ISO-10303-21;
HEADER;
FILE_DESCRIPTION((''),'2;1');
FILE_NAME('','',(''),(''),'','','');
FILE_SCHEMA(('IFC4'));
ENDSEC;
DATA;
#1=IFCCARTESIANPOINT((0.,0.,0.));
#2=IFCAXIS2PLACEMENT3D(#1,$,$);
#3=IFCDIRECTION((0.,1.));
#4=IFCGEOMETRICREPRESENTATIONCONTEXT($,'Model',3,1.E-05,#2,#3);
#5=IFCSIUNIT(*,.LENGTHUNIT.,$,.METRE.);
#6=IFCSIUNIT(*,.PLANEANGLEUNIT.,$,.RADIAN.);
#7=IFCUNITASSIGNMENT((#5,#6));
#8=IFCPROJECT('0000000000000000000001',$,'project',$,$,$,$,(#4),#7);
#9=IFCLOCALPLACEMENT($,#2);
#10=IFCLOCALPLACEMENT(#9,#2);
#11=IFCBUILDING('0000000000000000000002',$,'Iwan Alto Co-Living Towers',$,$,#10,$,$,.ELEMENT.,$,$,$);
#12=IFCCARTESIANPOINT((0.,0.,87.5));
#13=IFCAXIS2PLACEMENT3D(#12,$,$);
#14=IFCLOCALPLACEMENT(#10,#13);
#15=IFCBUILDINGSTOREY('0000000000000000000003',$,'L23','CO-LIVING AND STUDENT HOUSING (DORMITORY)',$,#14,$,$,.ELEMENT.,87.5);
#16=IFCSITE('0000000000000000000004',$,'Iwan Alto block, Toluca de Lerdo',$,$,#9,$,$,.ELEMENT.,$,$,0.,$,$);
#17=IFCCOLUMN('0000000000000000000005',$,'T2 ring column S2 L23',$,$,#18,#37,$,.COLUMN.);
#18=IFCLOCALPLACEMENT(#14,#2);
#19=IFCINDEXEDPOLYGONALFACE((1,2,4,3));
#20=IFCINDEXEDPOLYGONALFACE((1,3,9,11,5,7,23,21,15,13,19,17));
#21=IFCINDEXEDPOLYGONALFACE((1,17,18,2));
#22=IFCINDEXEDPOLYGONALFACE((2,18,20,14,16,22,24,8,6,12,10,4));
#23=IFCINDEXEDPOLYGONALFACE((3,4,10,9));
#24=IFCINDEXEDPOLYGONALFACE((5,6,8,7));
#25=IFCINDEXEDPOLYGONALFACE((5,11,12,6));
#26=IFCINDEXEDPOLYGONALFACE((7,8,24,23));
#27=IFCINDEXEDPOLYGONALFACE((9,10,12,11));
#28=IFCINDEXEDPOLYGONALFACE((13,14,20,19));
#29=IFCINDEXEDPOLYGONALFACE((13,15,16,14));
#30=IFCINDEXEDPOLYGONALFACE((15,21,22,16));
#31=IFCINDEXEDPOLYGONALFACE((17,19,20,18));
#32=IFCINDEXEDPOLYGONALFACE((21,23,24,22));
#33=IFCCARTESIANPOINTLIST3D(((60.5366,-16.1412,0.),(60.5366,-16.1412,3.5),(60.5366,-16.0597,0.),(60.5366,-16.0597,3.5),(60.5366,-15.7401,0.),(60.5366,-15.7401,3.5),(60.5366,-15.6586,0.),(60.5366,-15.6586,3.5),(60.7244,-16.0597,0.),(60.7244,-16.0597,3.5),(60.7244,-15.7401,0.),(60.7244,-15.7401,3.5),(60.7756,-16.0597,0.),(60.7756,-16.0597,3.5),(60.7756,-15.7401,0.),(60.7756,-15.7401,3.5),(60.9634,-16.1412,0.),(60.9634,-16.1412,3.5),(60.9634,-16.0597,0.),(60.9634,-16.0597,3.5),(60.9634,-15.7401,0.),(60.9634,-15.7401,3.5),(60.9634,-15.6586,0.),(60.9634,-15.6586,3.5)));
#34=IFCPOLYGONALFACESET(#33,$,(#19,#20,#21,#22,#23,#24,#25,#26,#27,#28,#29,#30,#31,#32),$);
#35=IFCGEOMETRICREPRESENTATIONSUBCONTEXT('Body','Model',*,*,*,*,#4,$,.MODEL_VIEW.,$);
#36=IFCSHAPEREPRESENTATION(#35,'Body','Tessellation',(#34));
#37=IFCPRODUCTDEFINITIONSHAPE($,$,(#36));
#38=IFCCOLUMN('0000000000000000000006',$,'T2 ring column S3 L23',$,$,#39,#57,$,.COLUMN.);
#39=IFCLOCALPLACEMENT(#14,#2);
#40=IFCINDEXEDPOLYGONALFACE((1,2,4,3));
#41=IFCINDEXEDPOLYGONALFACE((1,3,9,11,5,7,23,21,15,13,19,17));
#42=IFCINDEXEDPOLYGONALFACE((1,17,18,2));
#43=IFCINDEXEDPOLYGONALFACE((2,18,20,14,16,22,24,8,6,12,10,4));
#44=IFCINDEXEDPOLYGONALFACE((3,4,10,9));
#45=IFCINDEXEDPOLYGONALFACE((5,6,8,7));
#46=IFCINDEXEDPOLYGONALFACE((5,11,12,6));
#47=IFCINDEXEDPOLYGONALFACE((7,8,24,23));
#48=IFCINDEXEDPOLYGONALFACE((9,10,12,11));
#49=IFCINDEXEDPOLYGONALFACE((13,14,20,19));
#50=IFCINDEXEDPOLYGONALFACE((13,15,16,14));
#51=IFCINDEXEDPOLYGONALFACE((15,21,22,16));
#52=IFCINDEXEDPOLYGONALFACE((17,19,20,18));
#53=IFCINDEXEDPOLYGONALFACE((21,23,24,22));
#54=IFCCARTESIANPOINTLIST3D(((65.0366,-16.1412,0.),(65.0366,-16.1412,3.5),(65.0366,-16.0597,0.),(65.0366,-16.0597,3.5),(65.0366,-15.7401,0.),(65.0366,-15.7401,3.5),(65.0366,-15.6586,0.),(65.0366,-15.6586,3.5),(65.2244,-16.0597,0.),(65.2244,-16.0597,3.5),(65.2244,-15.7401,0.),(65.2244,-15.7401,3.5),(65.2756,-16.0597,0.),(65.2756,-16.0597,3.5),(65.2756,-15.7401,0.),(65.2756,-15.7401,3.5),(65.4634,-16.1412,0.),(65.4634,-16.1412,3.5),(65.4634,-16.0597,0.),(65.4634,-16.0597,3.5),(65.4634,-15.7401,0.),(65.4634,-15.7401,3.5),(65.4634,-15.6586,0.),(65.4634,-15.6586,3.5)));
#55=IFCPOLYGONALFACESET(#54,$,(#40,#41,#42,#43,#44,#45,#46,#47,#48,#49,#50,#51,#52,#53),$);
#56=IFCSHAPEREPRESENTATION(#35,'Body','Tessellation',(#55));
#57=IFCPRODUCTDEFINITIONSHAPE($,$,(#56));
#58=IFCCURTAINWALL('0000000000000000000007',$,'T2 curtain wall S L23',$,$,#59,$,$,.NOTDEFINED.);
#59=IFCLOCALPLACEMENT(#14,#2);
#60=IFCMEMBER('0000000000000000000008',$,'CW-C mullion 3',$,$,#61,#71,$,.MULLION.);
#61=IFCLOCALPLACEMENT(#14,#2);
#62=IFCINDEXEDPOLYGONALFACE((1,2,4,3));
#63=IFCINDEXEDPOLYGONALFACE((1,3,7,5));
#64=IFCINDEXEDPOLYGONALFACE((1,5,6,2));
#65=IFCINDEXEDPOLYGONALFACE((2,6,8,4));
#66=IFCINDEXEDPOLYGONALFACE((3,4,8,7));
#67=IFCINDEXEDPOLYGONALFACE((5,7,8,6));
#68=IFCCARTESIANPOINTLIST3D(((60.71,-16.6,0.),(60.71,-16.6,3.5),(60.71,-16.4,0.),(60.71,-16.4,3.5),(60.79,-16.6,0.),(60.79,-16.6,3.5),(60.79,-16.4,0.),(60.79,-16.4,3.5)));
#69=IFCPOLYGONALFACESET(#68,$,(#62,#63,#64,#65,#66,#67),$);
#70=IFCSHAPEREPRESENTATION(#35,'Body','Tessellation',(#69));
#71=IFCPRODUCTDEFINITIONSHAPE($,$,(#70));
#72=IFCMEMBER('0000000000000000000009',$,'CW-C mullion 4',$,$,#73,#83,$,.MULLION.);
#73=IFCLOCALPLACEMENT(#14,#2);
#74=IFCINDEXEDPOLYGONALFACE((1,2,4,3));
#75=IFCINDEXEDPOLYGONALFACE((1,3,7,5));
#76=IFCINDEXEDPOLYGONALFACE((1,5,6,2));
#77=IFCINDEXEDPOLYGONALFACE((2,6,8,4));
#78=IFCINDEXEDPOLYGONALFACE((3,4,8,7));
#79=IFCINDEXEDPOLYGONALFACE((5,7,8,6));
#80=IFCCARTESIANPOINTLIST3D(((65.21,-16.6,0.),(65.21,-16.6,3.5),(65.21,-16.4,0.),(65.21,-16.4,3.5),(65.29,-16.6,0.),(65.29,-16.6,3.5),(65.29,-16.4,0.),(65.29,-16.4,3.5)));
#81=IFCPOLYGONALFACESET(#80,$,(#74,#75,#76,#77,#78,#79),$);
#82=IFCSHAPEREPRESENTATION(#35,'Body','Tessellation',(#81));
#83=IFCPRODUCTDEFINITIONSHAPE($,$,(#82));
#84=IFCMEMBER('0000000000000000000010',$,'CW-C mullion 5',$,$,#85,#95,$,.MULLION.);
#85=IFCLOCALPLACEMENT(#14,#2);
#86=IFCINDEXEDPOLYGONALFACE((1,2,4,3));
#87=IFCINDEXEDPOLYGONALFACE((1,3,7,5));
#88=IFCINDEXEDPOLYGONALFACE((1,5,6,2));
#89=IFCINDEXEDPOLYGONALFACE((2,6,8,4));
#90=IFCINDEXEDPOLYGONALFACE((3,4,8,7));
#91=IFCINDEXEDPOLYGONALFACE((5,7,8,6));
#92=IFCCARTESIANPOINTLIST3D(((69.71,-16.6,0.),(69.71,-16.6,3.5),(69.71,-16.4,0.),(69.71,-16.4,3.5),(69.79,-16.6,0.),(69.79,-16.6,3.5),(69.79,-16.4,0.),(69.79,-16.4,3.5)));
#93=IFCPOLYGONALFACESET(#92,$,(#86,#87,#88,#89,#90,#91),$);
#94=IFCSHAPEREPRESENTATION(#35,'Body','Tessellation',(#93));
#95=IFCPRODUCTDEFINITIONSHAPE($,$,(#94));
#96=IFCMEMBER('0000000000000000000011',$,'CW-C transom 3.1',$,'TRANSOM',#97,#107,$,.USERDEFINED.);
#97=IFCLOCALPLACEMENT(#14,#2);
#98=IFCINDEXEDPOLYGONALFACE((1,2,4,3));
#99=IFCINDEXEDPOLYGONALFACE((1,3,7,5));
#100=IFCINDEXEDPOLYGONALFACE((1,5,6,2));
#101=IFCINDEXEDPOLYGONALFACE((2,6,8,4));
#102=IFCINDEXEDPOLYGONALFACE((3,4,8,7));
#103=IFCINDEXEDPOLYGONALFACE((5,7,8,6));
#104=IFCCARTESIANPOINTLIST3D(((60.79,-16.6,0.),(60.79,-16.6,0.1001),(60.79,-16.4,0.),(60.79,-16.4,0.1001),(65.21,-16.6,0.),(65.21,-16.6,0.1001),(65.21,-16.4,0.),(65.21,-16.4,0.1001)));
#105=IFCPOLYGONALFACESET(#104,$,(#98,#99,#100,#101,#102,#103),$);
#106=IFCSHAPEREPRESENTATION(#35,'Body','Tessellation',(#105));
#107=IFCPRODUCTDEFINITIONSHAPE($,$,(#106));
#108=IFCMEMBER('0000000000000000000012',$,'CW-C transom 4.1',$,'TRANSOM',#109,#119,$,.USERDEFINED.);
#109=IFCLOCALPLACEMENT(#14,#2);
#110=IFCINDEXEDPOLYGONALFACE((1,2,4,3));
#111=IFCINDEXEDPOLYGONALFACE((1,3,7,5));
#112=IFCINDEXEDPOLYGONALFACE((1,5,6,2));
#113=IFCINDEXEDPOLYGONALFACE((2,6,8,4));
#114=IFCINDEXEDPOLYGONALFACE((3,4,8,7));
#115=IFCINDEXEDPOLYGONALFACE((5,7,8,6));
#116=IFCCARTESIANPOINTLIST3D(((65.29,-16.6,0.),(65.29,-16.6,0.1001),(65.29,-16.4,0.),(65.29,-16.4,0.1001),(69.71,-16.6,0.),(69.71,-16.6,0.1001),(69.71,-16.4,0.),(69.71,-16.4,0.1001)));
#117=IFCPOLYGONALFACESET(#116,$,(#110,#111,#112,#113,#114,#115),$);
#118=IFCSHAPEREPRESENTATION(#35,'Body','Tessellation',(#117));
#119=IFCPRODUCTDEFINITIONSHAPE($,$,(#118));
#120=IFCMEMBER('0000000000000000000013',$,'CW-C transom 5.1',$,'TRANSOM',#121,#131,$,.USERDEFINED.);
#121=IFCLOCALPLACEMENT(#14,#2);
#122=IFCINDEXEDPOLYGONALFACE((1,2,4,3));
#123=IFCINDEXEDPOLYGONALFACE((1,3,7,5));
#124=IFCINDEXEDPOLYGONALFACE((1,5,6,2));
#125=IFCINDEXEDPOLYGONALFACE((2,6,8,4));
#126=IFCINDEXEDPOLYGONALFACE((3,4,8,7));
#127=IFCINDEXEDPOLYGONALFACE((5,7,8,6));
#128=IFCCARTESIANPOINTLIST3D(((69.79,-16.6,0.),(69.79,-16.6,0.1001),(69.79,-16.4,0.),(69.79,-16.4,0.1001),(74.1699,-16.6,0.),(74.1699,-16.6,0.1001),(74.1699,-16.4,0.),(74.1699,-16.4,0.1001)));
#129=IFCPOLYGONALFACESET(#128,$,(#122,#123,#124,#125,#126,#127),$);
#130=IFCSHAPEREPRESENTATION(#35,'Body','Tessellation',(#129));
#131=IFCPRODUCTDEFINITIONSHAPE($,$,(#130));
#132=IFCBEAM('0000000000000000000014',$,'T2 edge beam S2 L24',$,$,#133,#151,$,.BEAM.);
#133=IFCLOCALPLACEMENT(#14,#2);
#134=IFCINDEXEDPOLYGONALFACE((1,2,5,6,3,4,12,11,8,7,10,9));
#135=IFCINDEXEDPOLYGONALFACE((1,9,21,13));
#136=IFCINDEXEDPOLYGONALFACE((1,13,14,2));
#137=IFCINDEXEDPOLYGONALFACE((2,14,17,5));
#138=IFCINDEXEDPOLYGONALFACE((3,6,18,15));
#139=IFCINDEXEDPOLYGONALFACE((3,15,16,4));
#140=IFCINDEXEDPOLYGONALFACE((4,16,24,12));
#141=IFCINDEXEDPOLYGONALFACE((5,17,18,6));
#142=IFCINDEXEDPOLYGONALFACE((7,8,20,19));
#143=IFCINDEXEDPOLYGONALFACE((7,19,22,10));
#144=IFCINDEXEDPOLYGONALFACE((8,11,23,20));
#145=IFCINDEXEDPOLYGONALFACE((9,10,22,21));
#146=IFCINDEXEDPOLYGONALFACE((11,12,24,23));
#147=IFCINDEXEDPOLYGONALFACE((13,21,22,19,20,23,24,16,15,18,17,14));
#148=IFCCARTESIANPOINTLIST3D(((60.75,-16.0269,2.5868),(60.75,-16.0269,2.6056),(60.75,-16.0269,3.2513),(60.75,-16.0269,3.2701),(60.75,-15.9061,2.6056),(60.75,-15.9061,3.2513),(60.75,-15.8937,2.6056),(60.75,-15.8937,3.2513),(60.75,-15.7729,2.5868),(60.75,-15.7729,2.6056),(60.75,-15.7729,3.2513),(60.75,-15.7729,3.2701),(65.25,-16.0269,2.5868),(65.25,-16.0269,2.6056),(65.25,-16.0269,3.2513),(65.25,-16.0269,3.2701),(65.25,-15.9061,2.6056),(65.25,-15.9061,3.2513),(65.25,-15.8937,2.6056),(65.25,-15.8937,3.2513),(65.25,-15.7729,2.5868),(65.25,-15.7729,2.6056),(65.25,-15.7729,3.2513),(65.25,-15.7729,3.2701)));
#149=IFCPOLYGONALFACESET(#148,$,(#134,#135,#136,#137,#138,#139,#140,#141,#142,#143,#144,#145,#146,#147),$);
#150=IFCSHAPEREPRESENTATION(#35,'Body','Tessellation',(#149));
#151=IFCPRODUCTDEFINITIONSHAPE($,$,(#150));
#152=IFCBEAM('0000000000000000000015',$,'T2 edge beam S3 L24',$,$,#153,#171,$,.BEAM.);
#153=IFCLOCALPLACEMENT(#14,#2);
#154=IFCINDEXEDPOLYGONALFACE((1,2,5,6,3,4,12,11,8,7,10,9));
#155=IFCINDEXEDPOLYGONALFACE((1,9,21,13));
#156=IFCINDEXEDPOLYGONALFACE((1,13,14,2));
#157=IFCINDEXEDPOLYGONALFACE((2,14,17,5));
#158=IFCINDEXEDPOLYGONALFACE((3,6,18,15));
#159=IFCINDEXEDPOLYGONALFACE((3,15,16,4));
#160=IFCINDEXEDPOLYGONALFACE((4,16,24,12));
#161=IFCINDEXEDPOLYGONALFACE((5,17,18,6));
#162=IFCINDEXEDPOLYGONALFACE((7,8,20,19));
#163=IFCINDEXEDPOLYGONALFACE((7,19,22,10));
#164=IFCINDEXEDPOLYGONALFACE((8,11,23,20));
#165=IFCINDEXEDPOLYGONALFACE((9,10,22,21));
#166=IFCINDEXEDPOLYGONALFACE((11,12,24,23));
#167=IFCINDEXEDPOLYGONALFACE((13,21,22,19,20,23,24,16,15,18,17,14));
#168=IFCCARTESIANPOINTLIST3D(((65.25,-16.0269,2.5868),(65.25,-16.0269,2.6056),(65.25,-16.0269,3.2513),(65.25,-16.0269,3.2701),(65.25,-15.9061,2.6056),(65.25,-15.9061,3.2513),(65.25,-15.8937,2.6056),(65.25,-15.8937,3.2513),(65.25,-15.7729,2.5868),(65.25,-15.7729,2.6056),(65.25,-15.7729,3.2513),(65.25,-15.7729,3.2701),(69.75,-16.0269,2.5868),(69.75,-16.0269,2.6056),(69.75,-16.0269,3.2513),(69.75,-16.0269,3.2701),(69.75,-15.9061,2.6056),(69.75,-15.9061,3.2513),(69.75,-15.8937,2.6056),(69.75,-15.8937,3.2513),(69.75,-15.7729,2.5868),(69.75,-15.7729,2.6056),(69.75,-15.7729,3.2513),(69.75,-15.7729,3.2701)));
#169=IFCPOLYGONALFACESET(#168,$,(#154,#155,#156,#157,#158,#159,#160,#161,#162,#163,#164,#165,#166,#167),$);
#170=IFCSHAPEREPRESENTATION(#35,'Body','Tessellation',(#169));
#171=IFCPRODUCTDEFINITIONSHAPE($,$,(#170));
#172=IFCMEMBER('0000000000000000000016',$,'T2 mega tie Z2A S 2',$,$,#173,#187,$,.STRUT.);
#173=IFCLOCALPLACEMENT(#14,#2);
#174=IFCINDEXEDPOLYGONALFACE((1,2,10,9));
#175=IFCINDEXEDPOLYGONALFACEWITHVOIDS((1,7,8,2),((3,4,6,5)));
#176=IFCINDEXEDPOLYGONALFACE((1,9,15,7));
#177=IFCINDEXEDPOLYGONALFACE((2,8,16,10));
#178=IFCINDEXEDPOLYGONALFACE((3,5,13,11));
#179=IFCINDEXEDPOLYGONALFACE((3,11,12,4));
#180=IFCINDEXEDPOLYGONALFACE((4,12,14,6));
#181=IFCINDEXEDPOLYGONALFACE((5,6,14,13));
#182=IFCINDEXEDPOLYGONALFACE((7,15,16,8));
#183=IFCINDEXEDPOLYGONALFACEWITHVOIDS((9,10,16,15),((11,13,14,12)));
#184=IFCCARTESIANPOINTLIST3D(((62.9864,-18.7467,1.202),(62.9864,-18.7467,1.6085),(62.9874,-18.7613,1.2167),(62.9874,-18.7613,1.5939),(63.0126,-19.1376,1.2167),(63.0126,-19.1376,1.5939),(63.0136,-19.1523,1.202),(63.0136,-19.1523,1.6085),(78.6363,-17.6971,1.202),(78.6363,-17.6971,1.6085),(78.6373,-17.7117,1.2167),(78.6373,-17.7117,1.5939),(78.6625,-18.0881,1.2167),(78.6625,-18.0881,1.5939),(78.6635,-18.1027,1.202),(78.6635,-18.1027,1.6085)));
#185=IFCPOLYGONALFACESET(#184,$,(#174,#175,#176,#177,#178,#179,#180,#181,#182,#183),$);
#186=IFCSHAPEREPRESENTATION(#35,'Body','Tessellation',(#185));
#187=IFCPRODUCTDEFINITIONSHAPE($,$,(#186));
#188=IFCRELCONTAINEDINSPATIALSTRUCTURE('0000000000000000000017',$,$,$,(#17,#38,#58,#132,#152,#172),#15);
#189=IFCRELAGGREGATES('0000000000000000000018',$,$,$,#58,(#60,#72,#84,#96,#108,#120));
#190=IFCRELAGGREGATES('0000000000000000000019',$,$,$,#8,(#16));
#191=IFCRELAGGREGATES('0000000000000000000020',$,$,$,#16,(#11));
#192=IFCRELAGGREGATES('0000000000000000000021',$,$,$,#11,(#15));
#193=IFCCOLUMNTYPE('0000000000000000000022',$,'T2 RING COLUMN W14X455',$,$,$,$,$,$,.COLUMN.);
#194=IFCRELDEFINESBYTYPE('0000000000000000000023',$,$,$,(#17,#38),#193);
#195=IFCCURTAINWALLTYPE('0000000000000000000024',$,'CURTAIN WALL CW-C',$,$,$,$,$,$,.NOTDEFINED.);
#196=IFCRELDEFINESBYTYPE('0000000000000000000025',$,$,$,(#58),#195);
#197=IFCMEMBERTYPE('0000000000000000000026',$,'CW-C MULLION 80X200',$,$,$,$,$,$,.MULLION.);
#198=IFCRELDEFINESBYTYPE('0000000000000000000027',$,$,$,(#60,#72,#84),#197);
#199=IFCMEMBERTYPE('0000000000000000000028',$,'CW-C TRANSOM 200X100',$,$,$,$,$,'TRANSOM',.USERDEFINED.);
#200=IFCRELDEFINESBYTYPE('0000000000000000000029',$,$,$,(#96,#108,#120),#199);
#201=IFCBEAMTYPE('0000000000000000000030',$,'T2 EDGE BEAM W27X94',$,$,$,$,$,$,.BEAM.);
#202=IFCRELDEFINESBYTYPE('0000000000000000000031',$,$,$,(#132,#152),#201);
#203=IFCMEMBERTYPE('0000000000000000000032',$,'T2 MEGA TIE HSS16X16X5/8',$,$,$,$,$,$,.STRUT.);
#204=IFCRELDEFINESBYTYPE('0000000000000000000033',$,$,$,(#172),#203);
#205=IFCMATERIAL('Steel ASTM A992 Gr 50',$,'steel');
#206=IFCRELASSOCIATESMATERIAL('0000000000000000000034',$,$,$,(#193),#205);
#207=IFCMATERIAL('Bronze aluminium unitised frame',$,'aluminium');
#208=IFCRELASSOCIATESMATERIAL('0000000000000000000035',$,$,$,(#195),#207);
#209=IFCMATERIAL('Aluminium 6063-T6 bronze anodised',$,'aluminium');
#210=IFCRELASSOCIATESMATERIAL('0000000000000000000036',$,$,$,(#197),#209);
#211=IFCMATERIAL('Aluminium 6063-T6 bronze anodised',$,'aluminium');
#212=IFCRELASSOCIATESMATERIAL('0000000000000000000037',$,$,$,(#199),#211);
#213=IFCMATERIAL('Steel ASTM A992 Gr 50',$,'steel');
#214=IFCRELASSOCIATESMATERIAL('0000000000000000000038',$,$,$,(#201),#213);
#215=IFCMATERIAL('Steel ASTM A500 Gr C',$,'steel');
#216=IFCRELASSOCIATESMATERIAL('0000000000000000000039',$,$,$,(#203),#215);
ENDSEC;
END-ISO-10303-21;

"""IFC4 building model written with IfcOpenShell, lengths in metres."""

from ifc_helpers import new_model, si_unit, direction, frame, origin, origin_2d, place, context, subcontext, project, spatial, rectangle, hollow_rectangle, i_section, extrude, material, material_profile, profile_set, type_object, element, aggregate, save


model = new_model("IFC4")

# Units and contexts
model_context = context("Model", 3, precision=1e-05, world=origin(), true_north=direction((0.0, 1.0)))
body_context = subcontext(model_context, "Body", "Model", "MODEL_VIEW")
ifc_project = project(units=[si_unit("LENGTHUNIT", "METRE"), si_unit("PLANEANGLEUNIT", "RADIAN")], contexts=[model_context])

# Site, building, storey
site_placement = place(None, origin())
site = spatial("IfcSite", under=ifc_project, at=site_placement, Name="Iwan Alto block, Toluca de Lerdo", CompositionType="ELEMENT", RefElevation=0.0)
building_placement = place(site_placement, origin())
building = spatial("IfcBuilding", under=site, at=building_placement, Name="Iwan Alto Co-Living Towers", CompositionType="ELEMENT")
storey_placement = place(building_placement, frame((0.0, 0.0, 87.5)))
storey = spatial("IfcBuildingStorey", under=building, at=storey_placement, Name="L23", Description="CO-LIVING AND STUDENT HOUSING (DORMITORY)", CompositionType="ELEMENT", Elevation=87.5)

# Columns
ifc_material_1 = material(Name="Steel ASTM A992 Gr 50", Category="steel")
ifc_material_profile_1 = material_profile(ifc_material_1, i_section(OverallWidth=0.4268, OverallDepth=0.4827, WebThickness=0.0513, FlangeThickness=0.0815, at=origin_2d()), Name="W14X455")
ifc_profile_set_1 = profile_set([ifc_material_profile_1], Name="Steel ASTM A992 Gr 50")
column_type = type_object("IfcColumnType", Name="T2 RING COLUMN W14X455", PredefinedType="COLUMN", material=ifc_profile_set_1)
for number, where, z_axis, x_axis, name in (
    (1, (60.75, -15.8999, 0.0), (0.0, 0.0, 1.0), (1.0, 0.0, 0.0), "T2 ring column S2 L23"),
    (2, (65.25, -15.8999, 0.0), (0.0, 0.0, 1.0), (1.0, 0.0, 0.0), "T2 ring column S3 L23"),
):
    element("IfcColumn", number, at=place(storey_placement, frame(where, z_axis=z_axis, x_axis=x_axis)), inside=storey, type_object=column_type, Name=name, PredefinedType="COLUMN", context=body_context, shape_type="SweptSolid", body=[
        extrude(i_section(OverallWidth=0.4268, OverallDepth=0.4827, WebThickness=0.0513, FlangeThickness=0.0815, at=origin_2d()), origin(), (0.0, 0.0, 1.0), 3.5),
    ])

# Curtain wall, members
ifc_material_2 = material(Name="Bronze aluminium unitised frame", Category="aluminium")
curtain_wall_type = type_object("IfcCurtainWallType", Name="CURTAIN WALL CW-C", PredefinedType="NOTDEFINED", material=ifc_material_2)
curtain_wall_placement = place(storey_placement, origin())
curtain_wall = element("IfcCurtainWall", 3, at=curtain_wall_placement, inside=storey, type_object=curtain_wall_type, Name="T2 curtain wall S L23", PredefinedType="NOTDEFINED")
ifc_material_3 = material(Name="Aluminium 6063-T6 bronze anodised", Category="aluminium")
ifc_material_profile_2 = material_profile(ifc_material_3, rectangle(XDim=0.2, YDim=0.0801, at=origin_2d()), Name="AL 80X200")
ifc_profile_set_2 = profile_set([ifc_material_profile_2], Name="Aluminium 6063-T6 bronze anodised")
member_type_1 = type_object("IfcMemberType", Name="CW-C MULLION 80X200", PredefinedType="MULLION", material=ifc_profile_set_2)
member_1_placement = place(storey_placement, frame((60.75, -16.5, 0.0), z_axis=(0.0, 0.0, 1.0), x_axis=(0.0, 1.0, 0.0)))
member_1 = element("IfcMember", 4, at=member_1_placement, type_object=member_type_1, Name="CW-C mullion 3", PredefinedType="MULLION", context=body_context, shape_type="SweptSolid", body=[
    extrude(rectangle(XDim=0.2, YDim=0.0801, at=origin_2d()), origin(), (0.0, 0.0, 1.0), 3.5),
])
member_2_placement = place(storey_placement, frame((65.25, -16.5, 0.0), z_axis=(0.0, 0.0, 1.0), x_axis=(0.0, 1.0, 0.0)))
member_2 = element("IfcMember", 5, at=member_2_placement, type_object=member_type_1, Name="CW-C mullion 4", PredefinedType="MULLION", context=body_context, shape_type="SweptSolid", body=[
    extrude(rectangle(XDim=0.2, YDim=0.0801, at=origin_2d()), origin(), (0.0, 0.0, 1.0), 3.5),
])
member_3_placement = place(storey_placement, frame((69.75, -16.5, 0.0), z_axis=(0.0, 0.0, 1.0), x_axis=(0.0, 1.0, 0.0)))
member_3 = element("IfcMember", 6, at=member_3_placement, type_object=member_type_1, Name="CW-C mullion 5", PredefinedType="MULLION", context=body_context, shape_type="SweptSolid", body=[
    extrude(rectangle(XDim=0.2, YDim=0.0801, at=origin_2d()), origin(), (0.0, 0.0, 1.0), 3.5),
])
ifc_material_4 = material(Name="Aluminium 6063-T6 bronze anodised", Category="aluminium")
ifc_material_profile_3 = material_profile(ifc_material_4, rectangle(XDim=0.2, YDim=0.1001, at=origin_2d()), Name="AL 200X100")
ifc_profile_set_3 = profile_set([ifc_material_profile_3], Name="Aluminium 6063-T6 bronze anodised")
member_type_2 = type_object("IfcMemberType", Name="CW-C TRANSOM 200X100", ElementType="TRANSOM", PredefinedType="USERDEFINED", material=ifc_profile_set_3)
member_4_placement = place(storey_placement, frame((60.79, -16.5, 0.05), z_axis=(1.0, 0.0, 0.0), x_axis=(0.0, 1.0, 0.0)))
member_4 = element("IfcMember", 7, at=member_4_placement, type_object=member_type_2, Name="CW-C transom 3.1", ObjectType="TRANSOM", PredefinedType="USERDEFINED", context=body_context, shape_type="SweptSolid", body=[
    extrude(rectangle(XDim=0.2, YDim=0.1001, at=origin_2d()), origin(), (0.0, 0.0, 1.0), 4.4199),
])
member_5_placement = place(storey_placement, frame((65.29, -16.5, 0.05), z_axis=(1.0, 0.0, 0.0), x_axis=(0.0, 1.0, 0.0)))
member_5 = element("IfcMember", 8, at=member_5_placement, type_object=member_type_2, Name="CW-C transom 4.1", ObjectType="TRANSOM", PredefinedType="USERDEFINED", context=body_context, shape_type="SweptSolid", body=[
    extrude(rectangle(XDim=0.2, YDim=0.1001, at=origin_2d()), origin(), (0.0, 0.0, 1.0), 4.4199),
])
member_6_placement = place(storey_placement, frame((69.79, -16.5, 0.05), z_axis=(1.0, 0.0, 0.0), x_axis=(0.0, 1.0, 0.0)))
member_6 = element("IfcMember", 9, at=member_6_placement, type_object=member_type_2, Name="CW-C transom 5.1", ObjectType="TRANSOM", PredefinedType="USERDEFINED", context=body_context, shape_type="SweptSolid", body=[
    extrude(rectangle(XDim=0.2, YDim=0.1001, at=origin_2d()), origin(), (0.0, 0.0, 1.0), 4.3799),
])

# Beams
ifc_material_5 = material(Name="Steel ASTM A992 Gr 50", Category="steel")
ifc_material_profile_4 = material_profile(ifc_material_5, i_section(OverallWidth=0.2539, OverallDepth=0.6833, WebThickness=0.0125, FlangeThickness=0.0188, at=origin_2d()), Name="W27X94")
ifc_profile_set_4 = profile_set([ifc_material_profile_4], Name="Steel ASTM A992 Gr 50")
beam_type_1 = type_object("IfcBeamType", Name="T2 EDGE BEAM W27X94", PredefinedType="BEAM", material=ifc_profile_set_4)
for number, where, z_axis, x_axis, name in (
    (10, (60.75, -15.8999, 2.9285), (1.0, 0.0, 0.0), (0.0, 1.0, 0.0), "T2 edge beam S2 L24"),
    (11, (65.25, -15.8999, 2.9285), (1.0, 0.0, 0.0), (0.0, 1.0, 0.0), "T2 edge beam S3 L24"),
):
    element("IfcBeam", number, at=place(storey_placement, frame(where, z_axis=z_axis, x_axis=x_axis)), inside=storey, type_object=beam_type_1, Name=name, PredefinedType="BEAM", context=body_context, shape_type="SweptSolid", body=[
        extrude(i_section(OverallWidth=0.2539, OverallDepth=0.6833, WebThickness=0.0125, FlangeThickness=0.0188, at=origin_2d()), origin(), (0.0, 0.0, 1.0), 4.5),
    ])

# Member
ifc_material_6 = material(Name="Steel ASTM A500 Gr C", Category="steel")
ifc_material_profile_5 = material_profile(ifc_material_6, hollow_rectangle(XDim=0.4065, YDim=0.4065, WallThickness=0.0146, at=origin_2d()), Name="HSS16X16X5/8")
ifc_profile_set_5 = profile_set([ifc_material_profile_5], Name="Steel ASTM A500 Gr C")
member_type_3 = type_object("IfcMemberType", Name="T2 MEGA TIE HSS16X16X5/8", PredefinedType="STRUT", material=ifc_profile_set_5)
member_7_placement = place(storey_placement, frame((63.0, -18.9495, 1.4053), z_axis=(0.997759, 0.066915, 0.0), x_axis=(-0.066915, 0.997759, 0.0)))
element("IfcMember", 12, at=member_7_placement, inside=storey, type_object=member_type_3, Name="T2 mega tie Z2A S 2", PredefinedType="STRUT", context=body_context, shape_type="SweptSolid", body=[
    extrude(hollow_rectangle(XDim=0.4065, YDim=0.4065, WallThickness=0.0146, at=origin_2d()), origin(), (0.0, 0.0, 1.0), 15.6851),
])

aggregate(curtain_wall, [member_1, member_2, member_3, member_4, member_5, member_6])

save(model, "model.ifc")
